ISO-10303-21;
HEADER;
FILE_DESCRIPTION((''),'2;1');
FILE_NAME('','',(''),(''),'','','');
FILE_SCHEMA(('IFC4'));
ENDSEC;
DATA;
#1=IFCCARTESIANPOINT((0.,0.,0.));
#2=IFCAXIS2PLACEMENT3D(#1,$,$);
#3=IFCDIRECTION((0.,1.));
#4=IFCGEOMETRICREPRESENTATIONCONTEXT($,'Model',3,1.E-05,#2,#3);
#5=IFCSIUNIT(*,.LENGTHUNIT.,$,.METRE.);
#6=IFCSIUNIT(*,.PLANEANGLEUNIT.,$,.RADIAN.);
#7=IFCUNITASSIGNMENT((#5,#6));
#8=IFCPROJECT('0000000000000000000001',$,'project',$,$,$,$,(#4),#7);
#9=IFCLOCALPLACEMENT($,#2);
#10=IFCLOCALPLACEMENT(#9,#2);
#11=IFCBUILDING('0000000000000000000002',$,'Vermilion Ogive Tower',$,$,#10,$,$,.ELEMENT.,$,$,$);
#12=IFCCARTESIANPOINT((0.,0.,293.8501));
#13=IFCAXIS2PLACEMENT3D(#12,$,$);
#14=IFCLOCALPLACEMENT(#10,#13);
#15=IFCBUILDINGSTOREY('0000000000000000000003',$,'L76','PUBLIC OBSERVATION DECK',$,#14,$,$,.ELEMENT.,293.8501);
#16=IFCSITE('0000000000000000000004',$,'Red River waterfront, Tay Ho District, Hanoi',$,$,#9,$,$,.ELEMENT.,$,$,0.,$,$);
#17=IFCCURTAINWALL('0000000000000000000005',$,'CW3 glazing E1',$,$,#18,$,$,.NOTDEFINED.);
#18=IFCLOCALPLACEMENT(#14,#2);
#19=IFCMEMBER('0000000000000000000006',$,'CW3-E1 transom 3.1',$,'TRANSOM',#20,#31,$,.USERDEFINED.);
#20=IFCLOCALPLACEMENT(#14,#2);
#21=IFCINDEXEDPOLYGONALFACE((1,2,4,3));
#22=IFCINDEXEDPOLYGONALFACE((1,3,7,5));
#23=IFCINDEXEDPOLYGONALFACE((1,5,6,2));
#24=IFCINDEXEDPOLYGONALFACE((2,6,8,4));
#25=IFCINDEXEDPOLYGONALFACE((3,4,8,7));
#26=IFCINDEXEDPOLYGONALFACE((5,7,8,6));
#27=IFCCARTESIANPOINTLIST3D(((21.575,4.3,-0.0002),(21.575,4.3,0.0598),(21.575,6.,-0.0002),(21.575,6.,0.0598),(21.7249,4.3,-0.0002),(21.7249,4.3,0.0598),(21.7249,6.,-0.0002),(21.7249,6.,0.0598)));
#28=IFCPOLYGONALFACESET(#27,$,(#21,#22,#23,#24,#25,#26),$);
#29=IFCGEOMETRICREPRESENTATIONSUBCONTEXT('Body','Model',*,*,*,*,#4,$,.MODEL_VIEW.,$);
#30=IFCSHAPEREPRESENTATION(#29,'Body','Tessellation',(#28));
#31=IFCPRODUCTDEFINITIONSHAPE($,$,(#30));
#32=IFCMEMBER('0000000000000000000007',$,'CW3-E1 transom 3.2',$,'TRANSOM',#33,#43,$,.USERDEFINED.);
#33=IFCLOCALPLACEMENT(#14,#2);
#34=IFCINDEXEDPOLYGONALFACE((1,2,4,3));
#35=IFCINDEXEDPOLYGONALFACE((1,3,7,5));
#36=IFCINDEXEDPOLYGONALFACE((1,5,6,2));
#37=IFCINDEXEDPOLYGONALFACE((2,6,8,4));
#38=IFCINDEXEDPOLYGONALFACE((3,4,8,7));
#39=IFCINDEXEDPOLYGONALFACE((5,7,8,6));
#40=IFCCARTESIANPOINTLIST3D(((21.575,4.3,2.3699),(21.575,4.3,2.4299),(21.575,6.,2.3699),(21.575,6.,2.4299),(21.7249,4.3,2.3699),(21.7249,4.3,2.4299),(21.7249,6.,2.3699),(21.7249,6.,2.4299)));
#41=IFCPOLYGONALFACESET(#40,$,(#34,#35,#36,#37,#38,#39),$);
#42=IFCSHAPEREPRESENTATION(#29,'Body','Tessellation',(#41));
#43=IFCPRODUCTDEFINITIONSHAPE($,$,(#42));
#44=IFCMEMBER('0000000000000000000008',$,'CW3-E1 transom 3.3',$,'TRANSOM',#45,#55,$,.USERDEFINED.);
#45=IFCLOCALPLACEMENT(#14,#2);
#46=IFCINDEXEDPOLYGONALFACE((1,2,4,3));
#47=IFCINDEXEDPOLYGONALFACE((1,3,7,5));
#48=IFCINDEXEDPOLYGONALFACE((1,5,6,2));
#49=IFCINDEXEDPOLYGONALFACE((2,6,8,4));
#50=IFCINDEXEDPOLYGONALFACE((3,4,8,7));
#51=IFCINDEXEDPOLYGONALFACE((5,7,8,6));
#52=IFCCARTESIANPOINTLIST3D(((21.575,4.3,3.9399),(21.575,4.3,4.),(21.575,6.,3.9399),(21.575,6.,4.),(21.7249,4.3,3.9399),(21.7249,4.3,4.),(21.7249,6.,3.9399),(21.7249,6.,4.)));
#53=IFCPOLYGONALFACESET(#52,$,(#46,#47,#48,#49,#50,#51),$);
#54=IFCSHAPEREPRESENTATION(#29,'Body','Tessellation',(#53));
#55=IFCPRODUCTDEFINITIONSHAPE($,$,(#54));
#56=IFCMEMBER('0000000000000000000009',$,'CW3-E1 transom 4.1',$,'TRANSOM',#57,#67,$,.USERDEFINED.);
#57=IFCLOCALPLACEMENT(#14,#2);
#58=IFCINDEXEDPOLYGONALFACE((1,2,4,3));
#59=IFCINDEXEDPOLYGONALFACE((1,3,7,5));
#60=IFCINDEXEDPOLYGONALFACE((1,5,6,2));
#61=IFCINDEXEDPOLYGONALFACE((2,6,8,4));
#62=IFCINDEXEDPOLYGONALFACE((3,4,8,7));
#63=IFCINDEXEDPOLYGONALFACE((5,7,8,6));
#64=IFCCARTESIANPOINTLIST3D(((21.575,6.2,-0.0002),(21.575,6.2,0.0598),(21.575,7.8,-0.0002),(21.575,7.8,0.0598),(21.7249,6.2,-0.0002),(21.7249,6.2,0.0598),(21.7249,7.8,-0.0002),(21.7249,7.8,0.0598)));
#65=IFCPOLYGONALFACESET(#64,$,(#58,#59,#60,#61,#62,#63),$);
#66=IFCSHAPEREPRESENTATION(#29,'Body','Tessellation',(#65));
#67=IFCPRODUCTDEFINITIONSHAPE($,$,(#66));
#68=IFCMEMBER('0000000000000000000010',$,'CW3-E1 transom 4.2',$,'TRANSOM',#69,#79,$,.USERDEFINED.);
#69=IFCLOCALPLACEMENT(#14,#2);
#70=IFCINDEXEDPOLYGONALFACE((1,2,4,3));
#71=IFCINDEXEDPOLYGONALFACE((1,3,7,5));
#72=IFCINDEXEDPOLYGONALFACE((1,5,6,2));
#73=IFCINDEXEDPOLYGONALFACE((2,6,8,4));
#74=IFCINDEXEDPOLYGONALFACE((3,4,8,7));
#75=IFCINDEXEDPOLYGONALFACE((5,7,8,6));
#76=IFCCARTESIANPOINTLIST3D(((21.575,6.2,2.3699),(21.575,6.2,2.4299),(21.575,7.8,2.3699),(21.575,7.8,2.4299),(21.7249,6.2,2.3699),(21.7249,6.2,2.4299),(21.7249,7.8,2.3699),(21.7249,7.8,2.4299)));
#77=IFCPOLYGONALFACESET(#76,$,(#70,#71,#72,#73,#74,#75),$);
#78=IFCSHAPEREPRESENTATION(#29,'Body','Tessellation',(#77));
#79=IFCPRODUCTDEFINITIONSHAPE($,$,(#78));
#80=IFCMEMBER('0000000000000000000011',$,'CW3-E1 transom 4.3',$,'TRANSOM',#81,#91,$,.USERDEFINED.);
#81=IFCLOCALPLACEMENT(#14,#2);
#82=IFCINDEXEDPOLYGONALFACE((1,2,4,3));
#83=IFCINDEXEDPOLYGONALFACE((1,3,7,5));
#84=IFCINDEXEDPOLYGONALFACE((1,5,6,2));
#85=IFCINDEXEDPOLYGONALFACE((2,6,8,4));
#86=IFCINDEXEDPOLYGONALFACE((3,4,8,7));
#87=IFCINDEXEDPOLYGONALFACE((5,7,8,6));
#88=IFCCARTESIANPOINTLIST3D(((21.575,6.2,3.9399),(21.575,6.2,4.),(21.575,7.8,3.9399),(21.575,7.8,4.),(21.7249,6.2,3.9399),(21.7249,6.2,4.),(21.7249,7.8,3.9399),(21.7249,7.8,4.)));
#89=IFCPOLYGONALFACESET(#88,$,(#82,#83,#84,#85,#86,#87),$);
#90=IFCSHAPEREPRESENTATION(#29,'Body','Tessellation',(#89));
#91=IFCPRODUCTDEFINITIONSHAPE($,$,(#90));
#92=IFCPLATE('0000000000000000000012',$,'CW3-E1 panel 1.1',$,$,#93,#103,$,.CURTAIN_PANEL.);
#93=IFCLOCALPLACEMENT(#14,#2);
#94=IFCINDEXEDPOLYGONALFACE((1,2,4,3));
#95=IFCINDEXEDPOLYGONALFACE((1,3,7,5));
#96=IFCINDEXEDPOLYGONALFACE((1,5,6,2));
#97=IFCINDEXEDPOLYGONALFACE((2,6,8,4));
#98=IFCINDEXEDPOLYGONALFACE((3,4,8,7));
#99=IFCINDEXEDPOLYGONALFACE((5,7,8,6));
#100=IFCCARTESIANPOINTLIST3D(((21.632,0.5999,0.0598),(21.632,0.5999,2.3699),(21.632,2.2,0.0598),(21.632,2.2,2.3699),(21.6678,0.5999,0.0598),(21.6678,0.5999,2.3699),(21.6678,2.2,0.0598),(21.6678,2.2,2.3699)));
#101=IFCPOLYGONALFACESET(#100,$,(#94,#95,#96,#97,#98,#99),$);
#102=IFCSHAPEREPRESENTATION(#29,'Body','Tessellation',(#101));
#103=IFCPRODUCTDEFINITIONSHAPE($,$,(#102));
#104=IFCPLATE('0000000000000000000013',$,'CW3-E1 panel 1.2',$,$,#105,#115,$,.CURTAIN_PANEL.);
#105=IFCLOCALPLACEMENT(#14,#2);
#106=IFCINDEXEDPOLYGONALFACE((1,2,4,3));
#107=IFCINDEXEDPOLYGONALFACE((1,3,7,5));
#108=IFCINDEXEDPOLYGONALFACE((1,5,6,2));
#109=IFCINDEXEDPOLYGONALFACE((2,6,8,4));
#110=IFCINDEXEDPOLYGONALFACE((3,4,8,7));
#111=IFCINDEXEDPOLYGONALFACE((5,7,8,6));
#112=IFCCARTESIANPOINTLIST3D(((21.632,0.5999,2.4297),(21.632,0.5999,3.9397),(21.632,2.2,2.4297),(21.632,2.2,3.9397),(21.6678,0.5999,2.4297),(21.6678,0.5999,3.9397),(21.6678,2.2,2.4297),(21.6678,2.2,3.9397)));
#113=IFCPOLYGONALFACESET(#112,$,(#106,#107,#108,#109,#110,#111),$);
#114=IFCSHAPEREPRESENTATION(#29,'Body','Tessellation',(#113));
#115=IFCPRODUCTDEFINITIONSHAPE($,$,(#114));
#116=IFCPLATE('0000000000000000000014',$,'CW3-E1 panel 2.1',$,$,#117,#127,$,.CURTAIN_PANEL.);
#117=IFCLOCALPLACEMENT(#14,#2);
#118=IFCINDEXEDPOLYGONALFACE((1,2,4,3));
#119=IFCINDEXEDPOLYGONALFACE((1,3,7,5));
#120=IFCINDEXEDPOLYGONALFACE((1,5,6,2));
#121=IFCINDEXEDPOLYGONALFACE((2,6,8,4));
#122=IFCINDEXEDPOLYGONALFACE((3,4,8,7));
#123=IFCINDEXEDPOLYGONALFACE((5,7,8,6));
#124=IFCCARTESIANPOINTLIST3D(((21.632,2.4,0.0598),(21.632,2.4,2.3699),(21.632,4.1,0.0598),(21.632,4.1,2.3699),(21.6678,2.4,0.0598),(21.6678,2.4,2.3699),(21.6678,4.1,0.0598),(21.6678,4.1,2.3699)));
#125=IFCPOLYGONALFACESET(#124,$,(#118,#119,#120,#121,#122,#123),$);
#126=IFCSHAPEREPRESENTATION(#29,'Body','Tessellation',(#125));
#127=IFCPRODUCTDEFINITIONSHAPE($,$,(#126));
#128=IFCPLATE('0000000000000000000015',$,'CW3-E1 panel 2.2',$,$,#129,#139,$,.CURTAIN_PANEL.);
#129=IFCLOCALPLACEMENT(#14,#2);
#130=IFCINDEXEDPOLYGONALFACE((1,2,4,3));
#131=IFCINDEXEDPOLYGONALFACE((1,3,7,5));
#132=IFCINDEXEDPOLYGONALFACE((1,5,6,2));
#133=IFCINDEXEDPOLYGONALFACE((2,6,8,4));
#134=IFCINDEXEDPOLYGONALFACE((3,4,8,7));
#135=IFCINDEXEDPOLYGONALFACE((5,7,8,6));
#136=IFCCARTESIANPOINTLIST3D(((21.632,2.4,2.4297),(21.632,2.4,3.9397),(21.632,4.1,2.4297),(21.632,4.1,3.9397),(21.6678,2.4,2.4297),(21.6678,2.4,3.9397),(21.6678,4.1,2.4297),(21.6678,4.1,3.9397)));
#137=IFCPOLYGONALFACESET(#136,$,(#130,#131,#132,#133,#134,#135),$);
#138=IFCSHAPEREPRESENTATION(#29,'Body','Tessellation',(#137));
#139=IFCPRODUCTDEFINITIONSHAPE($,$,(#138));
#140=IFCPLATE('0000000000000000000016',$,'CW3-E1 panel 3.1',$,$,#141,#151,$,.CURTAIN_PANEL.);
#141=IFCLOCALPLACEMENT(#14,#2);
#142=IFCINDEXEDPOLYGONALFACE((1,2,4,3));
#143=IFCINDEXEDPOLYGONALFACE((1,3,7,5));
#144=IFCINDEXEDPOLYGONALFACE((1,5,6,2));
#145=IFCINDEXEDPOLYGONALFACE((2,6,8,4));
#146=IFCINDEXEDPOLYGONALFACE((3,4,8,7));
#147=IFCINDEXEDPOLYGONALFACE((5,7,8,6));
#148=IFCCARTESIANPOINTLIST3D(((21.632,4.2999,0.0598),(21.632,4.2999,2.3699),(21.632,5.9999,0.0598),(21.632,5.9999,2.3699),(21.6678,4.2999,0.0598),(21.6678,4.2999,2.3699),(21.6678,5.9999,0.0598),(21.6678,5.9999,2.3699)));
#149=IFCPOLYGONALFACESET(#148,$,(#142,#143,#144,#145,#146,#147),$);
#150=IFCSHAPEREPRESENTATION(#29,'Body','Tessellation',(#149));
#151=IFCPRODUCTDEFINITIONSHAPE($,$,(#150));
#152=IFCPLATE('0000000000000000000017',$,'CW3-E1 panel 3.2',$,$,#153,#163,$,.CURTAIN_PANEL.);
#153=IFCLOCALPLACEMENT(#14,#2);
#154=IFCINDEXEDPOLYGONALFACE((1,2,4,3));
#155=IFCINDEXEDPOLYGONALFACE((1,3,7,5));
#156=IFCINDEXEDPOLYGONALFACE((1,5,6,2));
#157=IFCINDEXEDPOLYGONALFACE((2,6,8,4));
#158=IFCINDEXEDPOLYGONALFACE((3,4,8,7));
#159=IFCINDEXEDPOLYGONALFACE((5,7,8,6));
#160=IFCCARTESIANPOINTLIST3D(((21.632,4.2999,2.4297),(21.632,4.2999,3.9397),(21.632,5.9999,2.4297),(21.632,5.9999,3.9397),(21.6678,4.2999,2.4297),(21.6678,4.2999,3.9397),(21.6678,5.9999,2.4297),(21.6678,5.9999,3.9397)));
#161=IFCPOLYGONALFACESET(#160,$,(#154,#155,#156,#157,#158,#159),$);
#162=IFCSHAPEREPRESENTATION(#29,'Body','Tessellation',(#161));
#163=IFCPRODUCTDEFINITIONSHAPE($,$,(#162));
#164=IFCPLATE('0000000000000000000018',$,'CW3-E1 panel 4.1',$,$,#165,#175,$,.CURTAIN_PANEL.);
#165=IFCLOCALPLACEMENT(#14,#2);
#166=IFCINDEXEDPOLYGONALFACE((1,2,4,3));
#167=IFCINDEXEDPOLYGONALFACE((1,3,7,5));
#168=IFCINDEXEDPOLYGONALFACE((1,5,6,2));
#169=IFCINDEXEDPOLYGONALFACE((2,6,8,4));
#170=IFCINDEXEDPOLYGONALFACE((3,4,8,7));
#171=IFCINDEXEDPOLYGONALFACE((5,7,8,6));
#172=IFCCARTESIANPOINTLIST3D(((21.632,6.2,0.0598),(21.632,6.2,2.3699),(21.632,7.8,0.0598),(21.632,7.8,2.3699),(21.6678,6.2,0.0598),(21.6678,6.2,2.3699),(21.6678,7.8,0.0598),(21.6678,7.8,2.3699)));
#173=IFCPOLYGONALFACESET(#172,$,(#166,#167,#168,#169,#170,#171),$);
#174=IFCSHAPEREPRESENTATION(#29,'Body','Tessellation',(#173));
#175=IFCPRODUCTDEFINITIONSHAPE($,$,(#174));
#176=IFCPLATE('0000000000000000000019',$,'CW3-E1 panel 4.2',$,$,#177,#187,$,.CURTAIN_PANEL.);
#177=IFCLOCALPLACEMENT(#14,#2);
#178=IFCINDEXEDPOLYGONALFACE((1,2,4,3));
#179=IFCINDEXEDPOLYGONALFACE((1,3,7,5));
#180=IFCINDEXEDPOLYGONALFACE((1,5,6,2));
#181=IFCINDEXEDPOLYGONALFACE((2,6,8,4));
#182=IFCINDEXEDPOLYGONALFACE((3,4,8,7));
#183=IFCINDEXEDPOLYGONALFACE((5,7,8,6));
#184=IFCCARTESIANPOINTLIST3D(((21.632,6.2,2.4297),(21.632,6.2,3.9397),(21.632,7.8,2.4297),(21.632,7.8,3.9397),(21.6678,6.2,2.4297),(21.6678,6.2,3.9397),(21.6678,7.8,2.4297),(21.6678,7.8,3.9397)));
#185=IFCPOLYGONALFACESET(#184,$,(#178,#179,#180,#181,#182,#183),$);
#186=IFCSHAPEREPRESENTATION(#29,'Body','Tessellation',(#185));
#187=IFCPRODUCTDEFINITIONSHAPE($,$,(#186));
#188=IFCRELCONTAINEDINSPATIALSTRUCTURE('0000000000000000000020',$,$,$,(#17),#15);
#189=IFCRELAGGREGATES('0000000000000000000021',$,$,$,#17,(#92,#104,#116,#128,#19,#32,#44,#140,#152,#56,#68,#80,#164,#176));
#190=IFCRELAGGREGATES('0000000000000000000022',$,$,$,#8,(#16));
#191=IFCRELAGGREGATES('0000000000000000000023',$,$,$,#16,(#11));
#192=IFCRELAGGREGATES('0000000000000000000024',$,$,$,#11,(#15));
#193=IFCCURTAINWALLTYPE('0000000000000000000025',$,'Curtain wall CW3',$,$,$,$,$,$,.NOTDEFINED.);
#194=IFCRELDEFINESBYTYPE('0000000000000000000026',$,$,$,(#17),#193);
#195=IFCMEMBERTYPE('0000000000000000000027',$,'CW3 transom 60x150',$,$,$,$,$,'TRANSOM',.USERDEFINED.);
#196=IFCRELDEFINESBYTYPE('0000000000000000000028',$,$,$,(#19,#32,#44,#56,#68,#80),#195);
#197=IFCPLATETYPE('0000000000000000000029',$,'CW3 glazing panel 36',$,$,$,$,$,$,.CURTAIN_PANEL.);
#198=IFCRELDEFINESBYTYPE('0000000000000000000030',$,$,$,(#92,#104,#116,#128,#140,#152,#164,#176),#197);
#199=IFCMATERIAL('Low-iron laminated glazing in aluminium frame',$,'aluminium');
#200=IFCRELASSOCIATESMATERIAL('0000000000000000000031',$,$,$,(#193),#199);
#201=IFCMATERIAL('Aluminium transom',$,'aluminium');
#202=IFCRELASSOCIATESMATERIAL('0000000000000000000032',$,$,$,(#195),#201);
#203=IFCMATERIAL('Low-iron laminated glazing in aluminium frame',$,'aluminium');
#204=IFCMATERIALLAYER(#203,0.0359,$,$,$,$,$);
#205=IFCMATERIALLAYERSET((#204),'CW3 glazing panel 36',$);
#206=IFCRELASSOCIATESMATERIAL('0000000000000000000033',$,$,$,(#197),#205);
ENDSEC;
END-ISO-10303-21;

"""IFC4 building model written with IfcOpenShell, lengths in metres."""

from ifc_helpers import new_model, si_unit, direction, frame, origin, origin_2d, place, context, subcontext, project, spatial, rectangle, extrude, material, layer, layer_set, material_profile, profile_set, type_object, element, aggregate, save


model = new_model("IFC4")

# Units and contexts
model_context = context("Model", 3, precision=1e-05, world=origin(), true_north=direction((0.0, 1.0)))
body_context = subcontext(model_context, "Body", "Model", "MODEL_VIEW")
ifc_project = project(units=[si_unit("LENGTHUNIT", "METRE"), si_unit("PLANEANGLEUNIT", "RADIAN")], contexts=[model_context])

# Site, building, storey
site_placement = place(None, origin())
site = spatial("IfcSite", under=ifc_project, at=site_placement, Name="Red River waterfront, Tay Ho District, Hanoi", CompositionType="ELEMENT", RefElevation=0.0)
building_placement = place(site_placement, origin())
building = spatial("IfcBuilding", under=site, at=building_placement, Name="Vermilion Ogive Tower", CompositionType="ELEMENT")
storey_placement = place(building_placement, frame((0.0, 0.0, 293.8501)))
storey = spatial("IfcBuildingStorey", under=building, at=storey_placement, Name="L76", Description="PUBLIC OBSERVATION DECK", CompositionType="ELEMENT", Elevation=293.8501)

# Curtain wall, members, plates
ifc_material_1 = material(Name="Low-iron laminated glazing in aluminium frame", Category="aluminium")
curtain_wall_type = type_object("IfcCurtainWallType", Name="Curtain wall CW3", PredefinedType="NOTDEFINED", material=ifc_material_1)
curtain_wall_placement = place(storey_placement, origin())
curtain_wall = element("IfcCurtainWall", 1, at=curtain_wall_placement, inside=storey, type_object=curtain_wall_type, Name="CW3 glazing E1", PredefinedType="NOTDEFINED")
ifc_material_2 = material(Name="Aluminium transom", Category="aluminium")
ifc_material_profile_1 = material_profile(ifc_material_2, rectangle(XDim=0.1499, YDim=0.0601, at=origin_2d()), Name="AL 60x150")
ifc_profile_set_1 = profile_set([ifc_material_profile_1], Name="Aluminium transom")
member_type_1 = type_object("IfcMemberType", Name="CW3 transom 60x150", ElementType="TRANSOM", PredefinedType="USERDEFINED", material=ifc_profile_set_1)
member_1_placement = place(storey_placement, frame((21.6499, 4.3, 0.0298), z_axis=(0.0, 1.0, 0.0), x_axis=(-1.0, 0.0, 0.0)))
member_1 = element("IfcMember", 2, at=member_1_placement, type_object=member_type_1, Name="CW3-E1 transom 3.1", ObjectType="TRANSOM", PredefinedType="USERDEFINED", context=body_context, shape_type="SweptSolid", body=[
    extrude(rectangle(XDim=0.1499, YDim=0.0601, at=origin_2d()), origin(), (0.0, 0.0, 1.0), 1.7),
])
member_2_placement = place(storey_placement, frame((21.6499, 4.3, 2.3999), z_axis=(0.0, 1.0, 0.0), x_axis=(-1.0, 0.0, 0.0)))
member_2 = element("IfcMember", 3, at=member_2_placement, type_object=member_type_1, Name="CW3-E1 transom 3.2", ObjectType="TRANSOM", PredefinedType="USERDEFINED", context=body_context, shape_type="SweptSolid", body=[
    extrude(rectangle(XDim=0.1499, YDim=0.0601, at=origin_2d()), origin(), (0.0, 0.0, 1.0), 1.7),
])
member_3_placement = place(storey_placement, frame((21.6499, 4.3, 3.97), z_axis=(0.0, 1.0, 0.0), x_axis=(-1.0, 0.0, 0.0)))
member_3 = element("IfcMember", 4, at=member_3_placement, type_object=member_type_1, Name="CW3-E1 transom 3.3", ObjectType="TRANSOM", PredefinedType="USERDEFINED", context=body_context, shape_type="SweptSolid", body=[
    extrude(rectangle(XDim=0.1499, YDim=0.0601, at=origin_2d()), origin(), (0.0, 0.0, 1.0), 1.7),
])
member_4_placement = place(storey_placement, frame((21.6499, 6.2, 0.0298), z_axis=(0.0, 1.0, 0.0), x_axis=(-1.0, 0.0, 0.0)))
member_4 = element("IfcMember", 5, at=member_4_placement, type_object=member_type_1, Name="CW3-E1 transom 4.1", ObjectType="TRANSOM", PredefinedType="USERDEFINED", context=body_context, shape_type="SweptSolid", body=[
    extrude(rectangle(XDim=0.1499, YDim=0.0601, at=origin_2d()), origin(), (0.0, 0.0, 1.0), 1.6001),
])
member_5_placement = place(storey_placement, frame((21.6499, 6.2, 2.3999), z_axis=(0.0, 1.0, 0.0), x_axis=(-1.0, 0.0, 0.0)))
member_5 = element("IfcMember", 6, at=member_5_placement, type_object=member_type_1, Name="CW3-E1 transom 4.2", ObjectType="TRANSOM", PredefinedType="USERDEFINED", context=body_context, shape_type="SweptSolid", body=[
    extrude(rectangle(XDim=0.1499, YDim=0.0601, at=origin_2d()), origin(), (0.0, 0.0, 1.0), 1.6001),
])
member_6_placement = place(storey_placement, frame((21.6499, 6.2, 3.97), z_axis=(0.0, 1.0, 0.0), x_axis=(-1.0, 0.0, 0.0)))
member_6 = element("IfcMember", 7, at=member_6_placement, type_object=member_type_1, Name="CW3-E1 transom 4.3", ObjectType="TRANSOM", PredefinedType="USERDEFINED", context=body_context, shape_type="SweptSolid", body=[
    extrude(rectangle(XDim=0.1499, YDim=0.0601, at=origin_2d()), origin(), (0.0, 0.0, 1.0), 1.6001),
])
ifc_material_3 = material(Name="Low-iron laminated glazing in aluminium frame", Category="aluminium")
ifc_layer_1 = layer(ifc_material_3, 0.0359)
ifc_layer_set_1 = layer_set([ifc_layer_1], Name="CW3 glazing panel 36")
plate_type = type_object("IfcPlateType", Name="CW3 glazing panel 36", PredefinedType="CURTAIN_PANEL", material=ifc_layer_set_1)
plate_1_placement = place(storey_placement, frame((21.6499, 1.3999, 0.0598), z_axis=(0.0, 0.0, 1.0), x_axis=(0.0, 1.0, 0.0)))
plate_1 = element("IfcPlate", 8, at=plate_1_placement, type_object=plate_type, Name="CW3-E1 panel 1.1", PredefinedType="CURTAIN_PANEL", context=body_context, shape_type="SweptSolid", body=[
    extrude(rectangle(XDim=1.6001, YDim=0.0359, at=origin_2d()), origin(), (0.0, 0.0, 1.0), 2.3101),
])
plate_2_placement = place(storey_placement, frame((21.6499, 1.3999, 2.4297), z_axis=(0.0, 0.0, 1.0), x_axis=(0.0, 1.0, 0.0)))
plate_2 = element("IfcPlate", 9, at=plate_2_placement, type_object=plate_type, Name="CW3-E1 panel 1.2", PredefinedType="CURTAIN_PANEL", context=body_context, shape_type="SweptSolid", body=[
    extrude(rectangle(XDim=1.6001, YDim=0.0359, at=origin_2d()), origin(), (0.0, 0.0, 1.0), 1.51),
])
plate_3_placement = place(storey_placement, frame((21.6499, 3.25, 0.0598), z_axis=(0.0, 0.0, 1.0), x_axis=(0.0, 1.0, 0.0)))
plate_3 = element("IfcPlate", 10, at=plate_3_placement, type_object=plate_type, Name="CW3-E1 panel 2.1", PredefinedType="CURTAIN_PANEL", context=body_context, shape_type="SweptSolid", body=[
    extrude(rectangle(XDim=1.7, YDim=0.0359, at=origin_2d()), origin(), (0.0, 0.0, 1.0), 2.3101),
])
plate_4_placement = place(storey_placement, frame((21.6499, 3.25, 2.4297), z_axis=(0.0, 0.0, 1.0), x_axis=(0.0, 1.0, 0.0)))
plate_4 = element("IfcPlate", 11, at=plate_4_placement, type_object=plate_type, Name="CW3-E1 panel 2.2", PredefinedType="CURTAIN_PANEL", context=body_context, shape_type="SweptSolid", body=[
    extrude(rectangle(XDim=1.7, YDim=0.0359, at=origin_2d()), origin(), (0.0, 0.0, 1.0), 1.51),
])
plate_5_placement = place(storey_placement, frame((21.6499, 5.1499, 0.0598), z_axis=(0.0, 0.0, 1.0), x_axis=(0.0, 1.0, 0.0)))
plate_5 = element("IfcPlate", 12, at=plate_5_placement, type_object=plate_type, Name="CW3-E1 panel 3.1", PredefinedType="CURTAIN_PANEL", context=body_context, shape_type="SweptSolid", body=[
    extrude(rectangle(XDim=1.7, YDim=0.0359, at=origin_2d()), origin(), (0.0, 0.0, 1.0), 2.3101),
])
plate_6_placement = place(storey_placement, frame((21.6499, 5.1499, 2.4297), z_axis=(0.0, 0.0, 1.0), x_axis=(0.0, 1.0, 0.0)))
plate_6 = element("IfcPlate", 13, at=plate_6_placement, type_object=plate_type, Name="CW3-E1 panel 3.2", PredefinedType="CURTAIN_PANEL", context=body_context, shape_type="SweptSolid", body=[
    extrude(rectangle(XDim=1.7, YDim=0.0359, at=origin_2d()), origin(), (0.0, 0.0, 1.0), 1.51),
])
plate_7_placement = place(storey_placement, frame((21.6499, 7.0, 0.0598), z_axis=(0.0, 0.0, 1.0), x_axis=(0.0, 1.0, 0.0)))
plate_7 = element("IfcPlate", 14, at=plate_7_placement, type_object=plate_type, Name="CW3-E1 panel 4.1", PredefinedType="CURTAIN_PANEL", context=body_context, shape_type="SweptSolid", body=[
    extrude(rectangle(XDim=1.6001, YDim=0.0359, at=origin_2d()), origin(), (0.0, 0.0, 1.0), 2.3101),
])
plate_8_placement = place(storey_placement, frame((21.6499, 7.0, 2.4297), z_axis=(0.0, 0.0, 1.0), x_axis=(0.0, 1.0, 0.0)))
plate_8 = element("IfcPlate", 15, at=plate_8_placement, type_object=plate_type, Name="CW3-E1 panel 4.2", PredefinedType="CURTAIN_PANEL", context=body_context, shape_type="SweptSolid", body=[
    extrude(rectangle(XDim=1.6001, YDim=0.0359, at=origin_2d()), origin(), (0.0, 0.0, 1.0), 1.51),
])
aggregate(curtain_wall, [plate_1, plate_2, plate_3, plate_4, member_1, member_2, member_3, plate_5, plate_6, member_4, member_5, member_6, plate_7, plate_8])

save(model, "model.ifc")
